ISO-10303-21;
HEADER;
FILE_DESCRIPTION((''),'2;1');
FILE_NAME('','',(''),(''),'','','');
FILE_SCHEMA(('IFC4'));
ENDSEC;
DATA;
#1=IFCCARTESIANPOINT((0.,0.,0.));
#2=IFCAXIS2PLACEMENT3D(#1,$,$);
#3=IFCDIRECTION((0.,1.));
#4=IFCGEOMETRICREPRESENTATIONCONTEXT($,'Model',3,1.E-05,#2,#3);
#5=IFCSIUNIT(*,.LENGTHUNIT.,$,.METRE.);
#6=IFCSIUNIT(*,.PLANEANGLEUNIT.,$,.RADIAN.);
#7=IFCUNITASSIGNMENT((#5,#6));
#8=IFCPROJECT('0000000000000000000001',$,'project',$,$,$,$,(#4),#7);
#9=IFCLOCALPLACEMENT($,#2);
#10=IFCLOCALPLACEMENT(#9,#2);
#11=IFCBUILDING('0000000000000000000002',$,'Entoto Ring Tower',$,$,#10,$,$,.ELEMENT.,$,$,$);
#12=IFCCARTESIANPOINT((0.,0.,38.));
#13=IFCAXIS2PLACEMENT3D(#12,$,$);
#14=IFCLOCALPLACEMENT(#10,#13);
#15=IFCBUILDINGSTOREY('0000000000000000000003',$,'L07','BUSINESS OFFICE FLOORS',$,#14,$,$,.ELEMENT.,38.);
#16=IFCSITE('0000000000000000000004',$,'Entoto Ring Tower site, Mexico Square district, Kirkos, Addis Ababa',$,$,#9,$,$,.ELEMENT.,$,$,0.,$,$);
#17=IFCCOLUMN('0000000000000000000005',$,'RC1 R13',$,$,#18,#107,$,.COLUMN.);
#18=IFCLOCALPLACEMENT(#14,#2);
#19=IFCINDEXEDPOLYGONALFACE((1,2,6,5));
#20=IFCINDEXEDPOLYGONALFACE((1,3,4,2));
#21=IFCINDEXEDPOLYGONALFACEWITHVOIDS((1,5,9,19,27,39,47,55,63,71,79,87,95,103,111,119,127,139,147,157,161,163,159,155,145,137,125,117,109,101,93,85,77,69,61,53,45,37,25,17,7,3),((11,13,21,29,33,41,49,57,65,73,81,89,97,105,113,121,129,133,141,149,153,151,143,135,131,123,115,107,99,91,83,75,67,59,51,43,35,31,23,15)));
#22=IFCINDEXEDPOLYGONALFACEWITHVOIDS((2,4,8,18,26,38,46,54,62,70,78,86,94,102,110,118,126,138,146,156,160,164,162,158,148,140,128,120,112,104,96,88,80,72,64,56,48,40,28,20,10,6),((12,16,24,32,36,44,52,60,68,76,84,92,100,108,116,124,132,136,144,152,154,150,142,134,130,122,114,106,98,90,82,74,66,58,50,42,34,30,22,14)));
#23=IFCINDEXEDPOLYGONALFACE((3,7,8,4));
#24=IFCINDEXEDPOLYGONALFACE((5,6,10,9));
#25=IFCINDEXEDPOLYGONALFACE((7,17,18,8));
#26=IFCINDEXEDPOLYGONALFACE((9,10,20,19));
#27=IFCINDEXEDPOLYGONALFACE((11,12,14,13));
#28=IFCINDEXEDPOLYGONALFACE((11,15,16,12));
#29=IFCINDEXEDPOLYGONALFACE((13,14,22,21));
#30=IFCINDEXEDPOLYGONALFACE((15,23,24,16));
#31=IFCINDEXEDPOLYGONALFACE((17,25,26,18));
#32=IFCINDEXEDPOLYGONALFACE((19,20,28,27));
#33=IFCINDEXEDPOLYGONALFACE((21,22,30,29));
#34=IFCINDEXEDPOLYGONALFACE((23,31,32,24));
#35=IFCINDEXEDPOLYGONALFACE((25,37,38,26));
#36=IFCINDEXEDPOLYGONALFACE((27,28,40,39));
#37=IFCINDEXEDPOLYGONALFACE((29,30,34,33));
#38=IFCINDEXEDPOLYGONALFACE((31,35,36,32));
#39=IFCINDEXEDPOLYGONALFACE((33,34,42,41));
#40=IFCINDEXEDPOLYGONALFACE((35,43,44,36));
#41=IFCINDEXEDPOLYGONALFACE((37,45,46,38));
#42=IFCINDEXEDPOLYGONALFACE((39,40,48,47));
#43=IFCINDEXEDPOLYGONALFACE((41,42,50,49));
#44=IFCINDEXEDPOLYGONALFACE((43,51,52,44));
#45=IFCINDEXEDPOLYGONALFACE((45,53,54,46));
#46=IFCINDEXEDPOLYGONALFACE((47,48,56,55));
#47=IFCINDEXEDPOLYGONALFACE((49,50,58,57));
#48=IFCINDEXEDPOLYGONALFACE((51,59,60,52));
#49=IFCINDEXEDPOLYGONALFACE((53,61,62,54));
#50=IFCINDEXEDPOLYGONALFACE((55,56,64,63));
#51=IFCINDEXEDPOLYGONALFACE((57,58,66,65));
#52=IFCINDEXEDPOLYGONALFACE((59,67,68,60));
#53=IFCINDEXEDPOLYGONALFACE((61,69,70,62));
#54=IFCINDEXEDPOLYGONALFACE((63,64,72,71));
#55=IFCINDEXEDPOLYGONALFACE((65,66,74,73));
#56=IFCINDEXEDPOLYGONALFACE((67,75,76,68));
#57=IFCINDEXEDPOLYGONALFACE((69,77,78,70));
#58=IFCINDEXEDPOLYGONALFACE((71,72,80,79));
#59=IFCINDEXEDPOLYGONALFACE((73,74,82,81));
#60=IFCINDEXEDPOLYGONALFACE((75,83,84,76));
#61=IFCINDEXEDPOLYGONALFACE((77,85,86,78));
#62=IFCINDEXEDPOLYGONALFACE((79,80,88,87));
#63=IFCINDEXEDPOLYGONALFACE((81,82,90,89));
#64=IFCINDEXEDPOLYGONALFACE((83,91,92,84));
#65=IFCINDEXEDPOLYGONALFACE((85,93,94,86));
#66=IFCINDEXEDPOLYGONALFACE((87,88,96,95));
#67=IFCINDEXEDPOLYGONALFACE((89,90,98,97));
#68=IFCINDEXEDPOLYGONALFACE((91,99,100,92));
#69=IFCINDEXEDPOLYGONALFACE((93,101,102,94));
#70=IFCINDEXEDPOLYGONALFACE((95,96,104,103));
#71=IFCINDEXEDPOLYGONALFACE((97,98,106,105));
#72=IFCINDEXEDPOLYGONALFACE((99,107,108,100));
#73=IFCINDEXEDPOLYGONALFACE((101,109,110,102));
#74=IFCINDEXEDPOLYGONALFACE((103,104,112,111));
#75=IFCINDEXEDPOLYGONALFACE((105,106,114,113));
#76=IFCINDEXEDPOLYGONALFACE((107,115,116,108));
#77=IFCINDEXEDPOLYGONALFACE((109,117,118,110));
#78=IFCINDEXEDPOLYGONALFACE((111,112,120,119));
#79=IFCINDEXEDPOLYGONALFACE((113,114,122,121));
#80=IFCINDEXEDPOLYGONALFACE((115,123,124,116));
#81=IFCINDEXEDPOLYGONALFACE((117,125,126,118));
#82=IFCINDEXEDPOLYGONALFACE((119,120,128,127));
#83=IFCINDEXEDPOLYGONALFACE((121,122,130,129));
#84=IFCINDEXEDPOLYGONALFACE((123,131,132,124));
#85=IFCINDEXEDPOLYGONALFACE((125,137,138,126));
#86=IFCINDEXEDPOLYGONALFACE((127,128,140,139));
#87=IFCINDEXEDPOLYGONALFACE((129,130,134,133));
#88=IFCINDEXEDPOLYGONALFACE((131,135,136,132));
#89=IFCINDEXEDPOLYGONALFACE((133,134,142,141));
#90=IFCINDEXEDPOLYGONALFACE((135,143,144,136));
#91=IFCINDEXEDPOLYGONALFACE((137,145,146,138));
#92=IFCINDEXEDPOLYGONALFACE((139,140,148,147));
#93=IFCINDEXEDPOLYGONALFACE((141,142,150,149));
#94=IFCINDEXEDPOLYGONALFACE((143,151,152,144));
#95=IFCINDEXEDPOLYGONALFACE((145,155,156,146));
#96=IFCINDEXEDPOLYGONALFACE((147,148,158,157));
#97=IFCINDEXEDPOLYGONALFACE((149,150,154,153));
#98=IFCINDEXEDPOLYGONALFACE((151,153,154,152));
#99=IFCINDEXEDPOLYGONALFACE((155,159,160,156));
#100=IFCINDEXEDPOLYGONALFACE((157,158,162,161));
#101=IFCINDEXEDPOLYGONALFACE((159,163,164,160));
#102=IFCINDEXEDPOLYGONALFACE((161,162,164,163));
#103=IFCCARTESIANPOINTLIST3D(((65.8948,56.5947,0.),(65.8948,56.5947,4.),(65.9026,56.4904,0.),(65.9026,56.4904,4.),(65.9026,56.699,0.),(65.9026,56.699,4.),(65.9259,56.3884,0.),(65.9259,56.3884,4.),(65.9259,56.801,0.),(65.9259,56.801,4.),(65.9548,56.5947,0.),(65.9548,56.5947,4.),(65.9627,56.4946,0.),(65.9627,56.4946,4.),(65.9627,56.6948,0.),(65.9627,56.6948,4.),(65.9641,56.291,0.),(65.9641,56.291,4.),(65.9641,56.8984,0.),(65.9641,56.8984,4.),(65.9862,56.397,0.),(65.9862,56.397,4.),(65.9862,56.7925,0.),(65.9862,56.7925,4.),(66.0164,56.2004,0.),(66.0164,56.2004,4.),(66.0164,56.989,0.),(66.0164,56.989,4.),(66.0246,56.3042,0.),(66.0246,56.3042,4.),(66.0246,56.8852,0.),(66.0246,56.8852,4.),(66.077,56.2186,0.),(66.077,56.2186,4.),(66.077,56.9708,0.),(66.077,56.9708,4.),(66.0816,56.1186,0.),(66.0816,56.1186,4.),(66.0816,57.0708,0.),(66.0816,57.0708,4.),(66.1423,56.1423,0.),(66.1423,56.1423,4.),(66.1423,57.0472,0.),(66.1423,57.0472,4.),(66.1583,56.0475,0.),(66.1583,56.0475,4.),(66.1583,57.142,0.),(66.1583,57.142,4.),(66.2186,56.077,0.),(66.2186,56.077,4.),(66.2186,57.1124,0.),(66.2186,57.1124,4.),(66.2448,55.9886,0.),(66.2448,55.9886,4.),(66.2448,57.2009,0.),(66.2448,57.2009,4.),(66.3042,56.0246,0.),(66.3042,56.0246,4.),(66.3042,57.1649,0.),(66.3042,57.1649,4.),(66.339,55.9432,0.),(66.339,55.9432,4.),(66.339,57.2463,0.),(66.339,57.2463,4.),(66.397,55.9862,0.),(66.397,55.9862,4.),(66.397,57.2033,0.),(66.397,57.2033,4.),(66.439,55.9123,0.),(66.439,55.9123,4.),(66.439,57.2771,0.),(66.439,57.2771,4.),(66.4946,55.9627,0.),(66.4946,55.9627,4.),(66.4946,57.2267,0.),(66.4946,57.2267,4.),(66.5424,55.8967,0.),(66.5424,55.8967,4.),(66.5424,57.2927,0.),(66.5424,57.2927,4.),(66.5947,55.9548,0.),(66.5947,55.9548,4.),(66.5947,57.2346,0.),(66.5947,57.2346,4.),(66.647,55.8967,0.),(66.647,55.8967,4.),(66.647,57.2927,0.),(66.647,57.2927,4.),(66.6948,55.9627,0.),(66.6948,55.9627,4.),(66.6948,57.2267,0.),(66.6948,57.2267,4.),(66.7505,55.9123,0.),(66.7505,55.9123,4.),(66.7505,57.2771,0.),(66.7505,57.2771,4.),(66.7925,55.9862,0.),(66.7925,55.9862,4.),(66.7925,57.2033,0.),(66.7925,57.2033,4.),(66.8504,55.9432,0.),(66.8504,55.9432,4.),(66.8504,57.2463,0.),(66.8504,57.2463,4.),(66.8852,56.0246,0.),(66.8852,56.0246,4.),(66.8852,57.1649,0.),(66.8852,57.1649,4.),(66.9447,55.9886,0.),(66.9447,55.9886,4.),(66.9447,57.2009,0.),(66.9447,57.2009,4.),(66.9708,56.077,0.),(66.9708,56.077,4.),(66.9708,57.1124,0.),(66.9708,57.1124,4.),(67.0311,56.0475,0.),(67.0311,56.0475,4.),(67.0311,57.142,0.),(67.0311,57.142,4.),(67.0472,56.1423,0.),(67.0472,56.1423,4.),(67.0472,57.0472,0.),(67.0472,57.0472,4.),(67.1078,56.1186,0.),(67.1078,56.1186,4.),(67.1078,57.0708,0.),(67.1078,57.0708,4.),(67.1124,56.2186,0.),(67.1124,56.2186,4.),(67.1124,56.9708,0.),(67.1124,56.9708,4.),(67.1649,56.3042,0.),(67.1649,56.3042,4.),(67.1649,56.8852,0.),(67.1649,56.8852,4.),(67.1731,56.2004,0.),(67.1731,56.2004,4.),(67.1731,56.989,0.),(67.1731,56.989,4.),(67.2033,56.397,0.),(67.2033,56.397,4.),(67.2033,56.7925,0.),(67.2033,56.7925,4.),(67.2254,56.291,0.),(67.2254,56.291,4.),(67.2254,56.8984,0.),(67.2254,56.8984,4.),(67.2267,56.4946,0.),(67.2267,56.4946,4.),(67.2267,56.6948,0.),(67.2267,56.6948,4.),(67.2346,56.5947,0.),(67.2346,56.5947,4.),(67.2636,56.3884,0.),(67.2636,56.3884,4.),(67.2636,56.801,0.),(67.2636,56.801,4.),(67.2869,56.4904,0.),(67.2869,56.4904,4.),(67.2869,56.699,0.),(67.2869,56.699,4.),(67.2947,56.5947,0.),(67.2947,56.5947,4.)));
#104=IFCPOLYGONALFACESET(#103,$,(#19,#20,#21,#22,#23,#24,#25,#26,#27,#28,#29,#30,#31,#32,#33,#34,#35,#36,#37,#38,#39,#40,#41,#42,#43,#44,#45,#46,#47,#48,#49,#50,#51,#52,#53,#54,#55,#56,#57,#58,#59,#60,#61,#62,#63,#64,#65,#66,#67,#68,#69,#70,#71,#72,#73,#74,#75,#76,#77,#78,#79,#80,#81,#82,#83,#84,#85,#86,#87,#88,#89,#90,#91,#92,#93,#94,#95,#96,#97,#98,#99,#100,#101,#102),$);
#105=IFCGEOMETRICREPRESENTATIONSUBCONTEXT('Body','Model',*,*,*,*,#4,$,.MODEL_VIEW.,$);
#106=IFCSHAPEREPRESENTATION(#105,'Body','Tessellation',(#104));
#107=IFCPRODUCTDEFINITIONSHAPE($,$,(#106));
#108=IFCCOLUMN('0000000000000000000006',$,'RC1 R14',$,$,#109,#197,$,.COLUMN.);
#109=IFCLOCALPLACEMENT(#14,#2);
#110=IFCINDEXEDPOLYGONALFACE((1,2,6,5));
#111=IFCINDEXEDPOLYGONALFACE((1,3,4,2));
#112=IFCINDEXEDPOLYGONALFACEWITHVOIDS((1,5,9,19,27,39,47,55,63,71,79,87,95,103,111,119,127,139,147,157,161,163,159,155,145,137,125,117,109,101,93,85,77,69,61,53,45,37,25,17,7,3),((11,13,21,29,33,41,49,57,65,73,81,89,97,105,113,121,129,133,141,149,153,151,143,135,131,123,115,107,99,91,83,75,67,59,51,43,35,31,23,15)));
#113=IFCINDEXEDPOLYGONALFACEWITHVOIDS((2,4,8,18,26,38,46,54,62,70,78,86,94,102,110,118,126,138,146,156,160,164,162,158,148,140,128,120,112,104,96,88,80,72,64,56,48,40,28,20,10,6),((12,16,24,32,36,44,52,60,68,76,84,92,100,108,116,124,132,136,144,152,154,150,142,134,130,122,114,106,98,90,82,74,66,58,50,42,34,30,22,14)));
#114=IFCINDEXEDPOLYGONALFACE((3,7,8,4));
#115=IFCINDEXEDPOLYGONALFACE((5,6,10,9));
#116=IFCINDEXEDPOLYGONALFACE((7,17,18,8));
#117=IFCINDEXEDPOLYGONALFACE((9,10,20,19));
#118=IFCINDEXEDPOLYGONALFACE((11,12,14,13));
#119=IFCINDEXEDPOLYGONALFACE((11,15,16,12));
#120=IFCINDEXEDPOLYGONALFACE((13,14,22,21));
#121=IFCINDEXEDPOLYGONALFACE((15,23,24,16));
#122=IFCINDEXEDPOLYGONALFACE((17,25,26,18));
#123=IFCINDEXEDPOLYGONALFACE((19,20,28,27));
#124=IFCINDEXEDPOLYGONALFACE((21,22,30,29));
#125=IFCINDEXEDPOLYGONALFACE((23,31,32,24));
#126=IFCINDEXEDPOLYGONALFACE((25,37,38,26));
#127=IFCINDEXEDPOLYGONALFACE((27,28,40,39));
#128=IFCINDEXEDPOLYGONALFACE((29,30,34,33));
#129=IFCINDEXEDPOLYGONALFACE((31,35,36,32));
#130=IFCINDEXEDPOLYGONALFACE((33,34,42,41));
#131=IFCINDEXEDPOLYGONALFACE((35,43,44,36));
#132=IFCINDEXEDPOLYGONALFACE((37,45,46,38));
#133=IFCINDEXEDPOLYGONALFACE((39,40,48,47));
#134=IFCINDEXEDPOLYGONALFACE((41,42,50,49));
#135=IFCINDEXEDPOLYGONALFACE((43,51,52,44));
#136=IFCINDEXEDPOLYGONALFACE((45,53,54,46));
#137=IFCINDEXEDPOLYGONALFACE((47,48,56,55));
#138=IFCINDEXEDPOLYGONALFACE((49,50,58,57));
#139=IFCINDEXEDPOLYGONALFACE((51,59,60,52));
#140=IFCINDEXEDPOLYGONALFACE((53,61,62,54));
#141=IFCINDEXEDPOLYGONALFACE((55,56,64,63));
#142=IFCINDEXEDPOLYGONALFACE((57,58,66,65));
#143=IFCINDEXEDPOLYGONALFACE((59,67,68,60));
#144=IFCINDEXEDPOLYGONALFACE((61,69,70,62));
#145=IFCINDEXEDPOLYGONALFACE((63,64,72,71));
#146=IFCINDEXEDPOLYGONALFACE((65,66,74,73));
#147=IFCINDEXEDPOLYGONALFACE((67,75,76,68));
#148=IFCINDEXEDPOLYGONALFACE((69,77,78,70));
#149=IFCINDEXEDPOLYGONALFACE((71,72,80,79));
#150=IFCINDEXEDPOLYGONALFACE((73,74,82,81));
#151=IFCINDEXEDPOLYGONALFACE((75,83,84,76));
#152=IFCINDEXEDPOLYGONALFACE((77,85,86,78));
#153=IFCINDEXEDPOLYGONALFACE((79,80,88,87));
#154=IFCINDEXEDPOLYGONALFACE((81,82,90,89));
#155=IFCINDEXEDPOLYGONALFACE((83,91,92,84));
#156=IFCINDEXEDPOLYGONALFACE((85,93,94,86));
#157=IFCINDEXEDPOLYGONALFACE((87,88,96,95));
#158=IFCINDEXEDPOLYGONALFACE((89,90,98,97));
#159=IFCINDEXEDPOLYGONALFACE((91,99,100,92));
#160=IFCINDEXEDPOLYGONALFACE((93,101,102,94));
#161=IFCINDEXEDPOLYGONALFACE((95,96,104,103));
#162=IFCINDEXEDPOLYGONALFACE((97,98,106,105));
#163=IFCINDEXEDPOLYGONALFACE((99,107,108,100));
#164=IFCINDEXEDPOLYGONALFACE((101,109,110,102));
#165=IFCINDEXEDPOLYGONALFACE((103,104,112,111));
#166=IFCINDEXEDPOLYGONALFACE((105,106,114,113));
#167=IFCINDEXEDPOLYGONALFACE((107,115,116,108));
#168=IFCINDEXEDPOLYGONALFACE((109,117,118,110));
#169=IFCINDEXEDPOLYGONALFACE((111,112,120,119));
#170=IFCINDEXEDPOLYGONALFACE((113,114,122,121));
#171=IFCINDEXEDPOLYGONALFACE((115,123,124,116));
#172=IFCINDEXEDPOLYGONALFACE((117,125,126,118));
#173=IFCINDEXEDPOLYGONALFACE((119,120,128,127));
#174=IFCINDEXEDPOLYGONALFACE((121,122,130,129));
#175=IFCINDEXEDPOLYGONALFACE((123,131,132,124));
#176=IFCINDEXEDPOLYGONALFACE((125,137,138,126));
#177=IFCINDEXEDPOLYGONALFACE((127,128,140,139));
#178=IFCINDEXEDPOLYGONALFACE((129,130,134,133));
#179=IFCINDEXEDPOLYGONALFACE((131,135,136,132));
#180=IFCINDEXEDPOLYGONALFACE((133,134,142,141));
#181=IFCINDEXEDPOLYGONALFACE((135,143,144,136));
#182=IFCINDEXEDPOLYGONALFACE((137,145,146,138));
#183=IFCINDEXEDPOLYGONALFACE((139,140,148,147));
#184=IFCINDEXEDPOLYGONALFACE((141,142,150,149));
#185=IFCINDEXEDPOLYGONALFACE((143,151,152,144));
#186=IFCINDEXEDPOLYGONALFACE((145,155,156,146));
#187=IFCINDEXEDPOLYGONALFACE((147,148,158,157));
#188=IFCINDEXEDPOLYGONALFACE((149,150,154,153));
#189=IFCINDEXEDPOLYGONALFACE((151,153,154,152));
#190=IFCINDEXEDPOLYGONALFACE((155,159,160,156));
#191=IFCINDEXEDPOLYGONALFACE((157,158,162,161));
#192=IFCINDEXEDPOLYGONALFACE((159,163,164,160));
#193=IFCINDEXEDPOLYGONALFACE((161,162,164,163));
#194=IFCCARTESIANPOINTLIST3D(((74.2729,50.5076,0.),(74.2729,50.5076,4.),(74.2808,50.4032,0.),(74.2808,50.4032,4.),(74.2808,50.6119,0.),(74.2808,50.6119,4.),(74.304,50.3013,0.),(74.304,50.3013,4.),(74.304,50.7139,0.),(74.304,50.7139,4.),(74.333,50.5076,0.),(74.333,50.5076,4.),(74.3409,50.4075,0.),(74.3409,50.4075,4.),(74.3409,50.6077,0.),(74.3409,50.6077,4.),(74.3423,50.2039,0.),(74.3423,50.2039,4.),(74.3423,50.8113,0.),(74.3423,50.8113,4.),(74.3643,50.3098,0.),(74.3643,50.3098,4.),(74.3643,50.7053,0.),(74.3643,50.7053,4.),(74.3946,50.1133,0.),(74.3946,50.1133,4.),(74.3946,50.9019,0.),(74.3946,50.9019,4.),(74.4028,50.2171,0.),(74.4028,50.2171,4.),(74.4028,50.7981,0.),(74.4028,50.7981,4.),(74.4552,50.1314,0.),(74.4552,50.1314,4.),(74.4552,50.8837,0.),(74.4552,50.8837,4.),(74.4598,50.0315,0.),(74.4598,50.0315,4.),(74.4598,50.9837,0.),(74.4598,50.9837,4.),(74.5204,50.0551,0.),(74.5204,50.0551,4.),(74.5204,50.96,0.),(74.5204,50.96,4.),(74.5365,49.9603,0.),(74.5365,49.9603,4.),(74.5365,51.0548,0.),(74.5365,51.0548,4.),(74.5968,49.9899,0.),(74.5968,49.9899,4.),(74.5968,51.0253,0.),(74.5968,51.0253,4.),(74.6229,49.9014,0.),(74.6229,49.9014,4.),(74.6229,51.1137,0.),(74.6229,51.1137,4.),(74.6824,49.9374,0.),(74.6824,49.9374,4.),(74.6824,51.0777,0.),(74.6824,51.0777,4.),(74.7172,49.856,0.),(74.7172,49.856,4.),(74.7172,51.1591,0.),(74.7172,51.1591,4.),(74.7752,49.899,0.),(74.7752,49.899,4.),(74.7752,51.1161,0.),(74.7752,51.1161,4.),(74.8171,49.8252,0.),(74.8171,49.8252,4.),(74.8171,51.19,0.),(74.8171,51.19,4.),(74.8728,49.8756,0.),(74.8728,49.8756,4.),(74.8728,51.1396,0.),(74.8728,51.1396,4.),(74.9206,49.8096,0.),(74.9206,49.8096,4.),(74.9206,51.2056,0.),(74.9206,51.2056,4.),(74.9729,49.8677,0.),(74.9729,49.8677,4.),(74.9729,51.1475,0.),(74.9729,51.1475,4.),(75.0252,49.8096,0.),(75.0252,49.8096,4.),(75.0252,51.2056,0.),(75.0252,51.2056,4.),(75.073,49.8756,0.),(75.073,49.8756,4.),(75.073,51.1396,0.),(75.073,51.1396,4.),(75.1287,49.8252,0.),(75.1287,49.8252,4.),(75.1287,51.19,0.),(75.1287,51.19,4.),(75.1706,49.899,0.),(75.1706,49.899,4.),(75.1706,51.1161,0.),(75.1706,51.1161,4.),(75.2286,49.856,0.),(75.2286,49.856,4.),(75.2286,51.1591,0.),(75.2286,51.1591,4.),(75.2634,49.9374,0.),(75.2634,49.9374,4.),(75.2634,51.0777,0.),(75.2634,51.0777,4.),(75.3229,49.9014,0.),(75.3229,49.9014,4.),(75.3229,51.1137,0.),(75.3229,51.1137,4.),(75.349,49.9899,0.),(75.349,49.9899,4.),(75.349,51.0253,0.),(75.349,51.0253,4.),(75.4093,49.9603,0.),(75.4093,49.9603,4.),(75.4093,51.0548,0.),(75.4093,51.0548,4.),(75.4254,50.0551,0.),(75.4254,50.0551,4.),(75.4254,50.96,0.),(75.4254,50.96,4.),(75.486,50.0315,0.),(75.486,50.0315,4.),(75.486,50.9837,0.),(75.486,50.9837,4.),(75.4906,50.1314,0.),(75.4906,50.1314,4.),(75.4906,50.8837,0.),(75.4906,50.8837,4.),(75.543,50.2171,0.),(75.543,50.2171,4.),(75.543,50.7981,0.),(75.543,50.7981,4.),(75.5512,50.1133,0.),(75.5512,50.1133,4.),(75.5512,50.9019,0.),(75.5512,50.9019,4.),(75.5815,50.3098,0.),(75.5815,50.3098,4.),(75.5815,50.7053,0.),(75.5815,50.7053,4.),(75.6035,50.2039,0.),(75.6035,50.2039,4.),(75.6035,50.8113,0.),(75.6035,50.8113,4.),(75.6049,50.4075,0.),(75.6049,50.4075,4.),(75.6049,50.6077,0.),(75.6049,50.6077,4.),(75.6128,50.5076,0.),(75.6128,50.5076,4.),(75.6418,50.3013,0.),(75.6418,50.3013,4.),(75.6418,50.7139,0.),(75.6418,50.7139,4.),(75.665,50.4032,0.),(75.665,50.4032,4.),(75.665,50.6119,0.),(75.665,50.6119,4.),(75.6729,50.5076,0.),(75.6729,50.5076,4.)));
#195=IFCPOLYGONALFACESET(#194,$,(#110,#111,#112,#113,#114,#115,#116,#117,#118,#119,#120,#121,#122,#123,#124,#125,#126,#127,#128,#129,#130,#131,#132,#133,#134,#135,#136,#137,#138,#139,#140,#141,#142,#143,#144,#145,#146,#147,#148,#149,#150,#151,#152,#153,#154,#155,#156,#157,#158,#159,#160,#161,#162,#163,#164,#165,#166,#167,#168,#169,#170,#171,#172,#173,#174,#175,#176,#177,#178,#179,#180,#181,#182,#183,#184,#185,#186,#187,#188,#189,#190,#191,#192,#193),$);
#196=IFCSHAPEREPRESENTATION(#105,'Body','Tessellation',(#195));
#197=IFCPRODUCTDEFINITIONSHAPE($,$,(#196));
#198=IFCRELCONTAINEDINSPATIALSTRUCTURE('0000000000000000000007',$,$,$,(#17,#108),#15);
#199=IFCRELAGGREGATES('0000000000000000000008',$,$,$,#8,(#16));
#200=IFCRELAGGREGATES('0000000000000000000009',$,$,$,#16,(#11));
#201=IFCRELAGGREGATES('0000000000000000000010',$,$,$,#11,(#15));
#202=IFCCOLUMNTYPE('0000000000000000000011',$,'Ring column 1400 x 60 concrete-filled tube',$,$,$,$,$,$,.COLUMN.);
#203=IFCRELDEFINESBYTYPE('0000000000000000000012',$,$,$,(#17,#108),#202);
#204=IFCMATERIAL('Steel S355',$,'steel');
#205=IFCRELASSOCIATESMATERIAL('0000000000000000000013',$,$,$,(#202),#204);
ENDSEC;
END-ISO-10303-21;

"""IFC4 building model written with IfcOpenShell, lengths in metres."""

from ifc_helpers import new_model, si_unit, direction, frame, origin, origin_2d, place, context, subcontext, project, spatial, circle, hollow_circle, extrude, material, material_profile, profile_set, type_object, element, save


model = new_model("IFC4")

# Units and contexts
model_context = context("Model", 3, precision=1e-05, world=origin(), true_north=direction((0.0, 1.0)))
body_context = subcontext(model_context, "Body", "Model", "MODEL_VIEW")
ifc_project = project(units=[si_unit("LENGTHUNIT", "METRE"), si_unit("PLANEANGLEUNIT", "RADIAN")], contexts=[model_context])

# Site, building, storey
site_placement = place(None, origin())
site = spatial("IfcSite", under=ifc_project, at=site_placement, Name="Entoto Ring Tower site, Mexico Square district, Kirkos, Addis Ababa", CompositionType="ELEMENT", RefElevation=0.0)
building_placement = place(site_placement, origin())
building = spatial("IfcBuilding", under=site, at=building_placement, Name="Entoto Ring Tower", CompositionType="ELEMENT")
storey_placement = place(building_placement, frame((0.0, 0.0, 38.0)))
storey = spatial("IfcBuildingStorey", under=building, at=storey_placement, Name="L07", Description="BUSINESS OFFICE FLOORS", CompositionType="ELEMENT", Elevation=38.0)

# Columns
ifc_material_1 = material(Name="Steel S355", Category="steel")
ifc_material_profile_1 = material_profile(ifc_material_1, hollow_circle(Radius=0.7, WallThickness=0.0601, at=origin_2d()), Name="CHS 1400 x 60")
ifc_material_2 = material(Name="Concrete C60/75", Category="concrete")
ifc_material_profile_2 = material_profile(ifc_material_2, circle(Radius=0.6399, at=origin_2d()), Name="Concrete C60/75 infill")
ifc_profile_set_1 = profile_set([ifc_material_profile_1, ifc_material_profile_2], Name="Steel S355")
column_type = type_object("IfcColumnType", Name="Ring column 1400 x 60 concrete-filled tube", PredefinedType="COLUMN", material=ifc_profile_set_1)
for number, where, z_axis, x_axis, name in (
    (1, (66.5947, 56.5947, 0.0), (0.0, 0.0, 1.0), (1.0, 0.0, 0.0), "RC1 R13"),
    (2, (74.9729, 50.5076, 0.0), (0.0, 0.0, 1.0), (1.0, 0.0, 0.0), "RC1 R14"),
):
    element("IfcColumn", number, at=place(storey_placement, frame(where, z_axis=z_axis, x_axis=x_axis)), inside=storey, type_object=column_type, Name=name, PredefinedType="COLUMN", context=body_context, shape_type="SweptSolid", body=[
        extrude(hollow_circle(Radius=0.7, WallThickness=0.0601, at=origin_2d()), origin(), (0.0, 0.0, 1.0), 4.0),
    ])

save(model, "model.ifc")
